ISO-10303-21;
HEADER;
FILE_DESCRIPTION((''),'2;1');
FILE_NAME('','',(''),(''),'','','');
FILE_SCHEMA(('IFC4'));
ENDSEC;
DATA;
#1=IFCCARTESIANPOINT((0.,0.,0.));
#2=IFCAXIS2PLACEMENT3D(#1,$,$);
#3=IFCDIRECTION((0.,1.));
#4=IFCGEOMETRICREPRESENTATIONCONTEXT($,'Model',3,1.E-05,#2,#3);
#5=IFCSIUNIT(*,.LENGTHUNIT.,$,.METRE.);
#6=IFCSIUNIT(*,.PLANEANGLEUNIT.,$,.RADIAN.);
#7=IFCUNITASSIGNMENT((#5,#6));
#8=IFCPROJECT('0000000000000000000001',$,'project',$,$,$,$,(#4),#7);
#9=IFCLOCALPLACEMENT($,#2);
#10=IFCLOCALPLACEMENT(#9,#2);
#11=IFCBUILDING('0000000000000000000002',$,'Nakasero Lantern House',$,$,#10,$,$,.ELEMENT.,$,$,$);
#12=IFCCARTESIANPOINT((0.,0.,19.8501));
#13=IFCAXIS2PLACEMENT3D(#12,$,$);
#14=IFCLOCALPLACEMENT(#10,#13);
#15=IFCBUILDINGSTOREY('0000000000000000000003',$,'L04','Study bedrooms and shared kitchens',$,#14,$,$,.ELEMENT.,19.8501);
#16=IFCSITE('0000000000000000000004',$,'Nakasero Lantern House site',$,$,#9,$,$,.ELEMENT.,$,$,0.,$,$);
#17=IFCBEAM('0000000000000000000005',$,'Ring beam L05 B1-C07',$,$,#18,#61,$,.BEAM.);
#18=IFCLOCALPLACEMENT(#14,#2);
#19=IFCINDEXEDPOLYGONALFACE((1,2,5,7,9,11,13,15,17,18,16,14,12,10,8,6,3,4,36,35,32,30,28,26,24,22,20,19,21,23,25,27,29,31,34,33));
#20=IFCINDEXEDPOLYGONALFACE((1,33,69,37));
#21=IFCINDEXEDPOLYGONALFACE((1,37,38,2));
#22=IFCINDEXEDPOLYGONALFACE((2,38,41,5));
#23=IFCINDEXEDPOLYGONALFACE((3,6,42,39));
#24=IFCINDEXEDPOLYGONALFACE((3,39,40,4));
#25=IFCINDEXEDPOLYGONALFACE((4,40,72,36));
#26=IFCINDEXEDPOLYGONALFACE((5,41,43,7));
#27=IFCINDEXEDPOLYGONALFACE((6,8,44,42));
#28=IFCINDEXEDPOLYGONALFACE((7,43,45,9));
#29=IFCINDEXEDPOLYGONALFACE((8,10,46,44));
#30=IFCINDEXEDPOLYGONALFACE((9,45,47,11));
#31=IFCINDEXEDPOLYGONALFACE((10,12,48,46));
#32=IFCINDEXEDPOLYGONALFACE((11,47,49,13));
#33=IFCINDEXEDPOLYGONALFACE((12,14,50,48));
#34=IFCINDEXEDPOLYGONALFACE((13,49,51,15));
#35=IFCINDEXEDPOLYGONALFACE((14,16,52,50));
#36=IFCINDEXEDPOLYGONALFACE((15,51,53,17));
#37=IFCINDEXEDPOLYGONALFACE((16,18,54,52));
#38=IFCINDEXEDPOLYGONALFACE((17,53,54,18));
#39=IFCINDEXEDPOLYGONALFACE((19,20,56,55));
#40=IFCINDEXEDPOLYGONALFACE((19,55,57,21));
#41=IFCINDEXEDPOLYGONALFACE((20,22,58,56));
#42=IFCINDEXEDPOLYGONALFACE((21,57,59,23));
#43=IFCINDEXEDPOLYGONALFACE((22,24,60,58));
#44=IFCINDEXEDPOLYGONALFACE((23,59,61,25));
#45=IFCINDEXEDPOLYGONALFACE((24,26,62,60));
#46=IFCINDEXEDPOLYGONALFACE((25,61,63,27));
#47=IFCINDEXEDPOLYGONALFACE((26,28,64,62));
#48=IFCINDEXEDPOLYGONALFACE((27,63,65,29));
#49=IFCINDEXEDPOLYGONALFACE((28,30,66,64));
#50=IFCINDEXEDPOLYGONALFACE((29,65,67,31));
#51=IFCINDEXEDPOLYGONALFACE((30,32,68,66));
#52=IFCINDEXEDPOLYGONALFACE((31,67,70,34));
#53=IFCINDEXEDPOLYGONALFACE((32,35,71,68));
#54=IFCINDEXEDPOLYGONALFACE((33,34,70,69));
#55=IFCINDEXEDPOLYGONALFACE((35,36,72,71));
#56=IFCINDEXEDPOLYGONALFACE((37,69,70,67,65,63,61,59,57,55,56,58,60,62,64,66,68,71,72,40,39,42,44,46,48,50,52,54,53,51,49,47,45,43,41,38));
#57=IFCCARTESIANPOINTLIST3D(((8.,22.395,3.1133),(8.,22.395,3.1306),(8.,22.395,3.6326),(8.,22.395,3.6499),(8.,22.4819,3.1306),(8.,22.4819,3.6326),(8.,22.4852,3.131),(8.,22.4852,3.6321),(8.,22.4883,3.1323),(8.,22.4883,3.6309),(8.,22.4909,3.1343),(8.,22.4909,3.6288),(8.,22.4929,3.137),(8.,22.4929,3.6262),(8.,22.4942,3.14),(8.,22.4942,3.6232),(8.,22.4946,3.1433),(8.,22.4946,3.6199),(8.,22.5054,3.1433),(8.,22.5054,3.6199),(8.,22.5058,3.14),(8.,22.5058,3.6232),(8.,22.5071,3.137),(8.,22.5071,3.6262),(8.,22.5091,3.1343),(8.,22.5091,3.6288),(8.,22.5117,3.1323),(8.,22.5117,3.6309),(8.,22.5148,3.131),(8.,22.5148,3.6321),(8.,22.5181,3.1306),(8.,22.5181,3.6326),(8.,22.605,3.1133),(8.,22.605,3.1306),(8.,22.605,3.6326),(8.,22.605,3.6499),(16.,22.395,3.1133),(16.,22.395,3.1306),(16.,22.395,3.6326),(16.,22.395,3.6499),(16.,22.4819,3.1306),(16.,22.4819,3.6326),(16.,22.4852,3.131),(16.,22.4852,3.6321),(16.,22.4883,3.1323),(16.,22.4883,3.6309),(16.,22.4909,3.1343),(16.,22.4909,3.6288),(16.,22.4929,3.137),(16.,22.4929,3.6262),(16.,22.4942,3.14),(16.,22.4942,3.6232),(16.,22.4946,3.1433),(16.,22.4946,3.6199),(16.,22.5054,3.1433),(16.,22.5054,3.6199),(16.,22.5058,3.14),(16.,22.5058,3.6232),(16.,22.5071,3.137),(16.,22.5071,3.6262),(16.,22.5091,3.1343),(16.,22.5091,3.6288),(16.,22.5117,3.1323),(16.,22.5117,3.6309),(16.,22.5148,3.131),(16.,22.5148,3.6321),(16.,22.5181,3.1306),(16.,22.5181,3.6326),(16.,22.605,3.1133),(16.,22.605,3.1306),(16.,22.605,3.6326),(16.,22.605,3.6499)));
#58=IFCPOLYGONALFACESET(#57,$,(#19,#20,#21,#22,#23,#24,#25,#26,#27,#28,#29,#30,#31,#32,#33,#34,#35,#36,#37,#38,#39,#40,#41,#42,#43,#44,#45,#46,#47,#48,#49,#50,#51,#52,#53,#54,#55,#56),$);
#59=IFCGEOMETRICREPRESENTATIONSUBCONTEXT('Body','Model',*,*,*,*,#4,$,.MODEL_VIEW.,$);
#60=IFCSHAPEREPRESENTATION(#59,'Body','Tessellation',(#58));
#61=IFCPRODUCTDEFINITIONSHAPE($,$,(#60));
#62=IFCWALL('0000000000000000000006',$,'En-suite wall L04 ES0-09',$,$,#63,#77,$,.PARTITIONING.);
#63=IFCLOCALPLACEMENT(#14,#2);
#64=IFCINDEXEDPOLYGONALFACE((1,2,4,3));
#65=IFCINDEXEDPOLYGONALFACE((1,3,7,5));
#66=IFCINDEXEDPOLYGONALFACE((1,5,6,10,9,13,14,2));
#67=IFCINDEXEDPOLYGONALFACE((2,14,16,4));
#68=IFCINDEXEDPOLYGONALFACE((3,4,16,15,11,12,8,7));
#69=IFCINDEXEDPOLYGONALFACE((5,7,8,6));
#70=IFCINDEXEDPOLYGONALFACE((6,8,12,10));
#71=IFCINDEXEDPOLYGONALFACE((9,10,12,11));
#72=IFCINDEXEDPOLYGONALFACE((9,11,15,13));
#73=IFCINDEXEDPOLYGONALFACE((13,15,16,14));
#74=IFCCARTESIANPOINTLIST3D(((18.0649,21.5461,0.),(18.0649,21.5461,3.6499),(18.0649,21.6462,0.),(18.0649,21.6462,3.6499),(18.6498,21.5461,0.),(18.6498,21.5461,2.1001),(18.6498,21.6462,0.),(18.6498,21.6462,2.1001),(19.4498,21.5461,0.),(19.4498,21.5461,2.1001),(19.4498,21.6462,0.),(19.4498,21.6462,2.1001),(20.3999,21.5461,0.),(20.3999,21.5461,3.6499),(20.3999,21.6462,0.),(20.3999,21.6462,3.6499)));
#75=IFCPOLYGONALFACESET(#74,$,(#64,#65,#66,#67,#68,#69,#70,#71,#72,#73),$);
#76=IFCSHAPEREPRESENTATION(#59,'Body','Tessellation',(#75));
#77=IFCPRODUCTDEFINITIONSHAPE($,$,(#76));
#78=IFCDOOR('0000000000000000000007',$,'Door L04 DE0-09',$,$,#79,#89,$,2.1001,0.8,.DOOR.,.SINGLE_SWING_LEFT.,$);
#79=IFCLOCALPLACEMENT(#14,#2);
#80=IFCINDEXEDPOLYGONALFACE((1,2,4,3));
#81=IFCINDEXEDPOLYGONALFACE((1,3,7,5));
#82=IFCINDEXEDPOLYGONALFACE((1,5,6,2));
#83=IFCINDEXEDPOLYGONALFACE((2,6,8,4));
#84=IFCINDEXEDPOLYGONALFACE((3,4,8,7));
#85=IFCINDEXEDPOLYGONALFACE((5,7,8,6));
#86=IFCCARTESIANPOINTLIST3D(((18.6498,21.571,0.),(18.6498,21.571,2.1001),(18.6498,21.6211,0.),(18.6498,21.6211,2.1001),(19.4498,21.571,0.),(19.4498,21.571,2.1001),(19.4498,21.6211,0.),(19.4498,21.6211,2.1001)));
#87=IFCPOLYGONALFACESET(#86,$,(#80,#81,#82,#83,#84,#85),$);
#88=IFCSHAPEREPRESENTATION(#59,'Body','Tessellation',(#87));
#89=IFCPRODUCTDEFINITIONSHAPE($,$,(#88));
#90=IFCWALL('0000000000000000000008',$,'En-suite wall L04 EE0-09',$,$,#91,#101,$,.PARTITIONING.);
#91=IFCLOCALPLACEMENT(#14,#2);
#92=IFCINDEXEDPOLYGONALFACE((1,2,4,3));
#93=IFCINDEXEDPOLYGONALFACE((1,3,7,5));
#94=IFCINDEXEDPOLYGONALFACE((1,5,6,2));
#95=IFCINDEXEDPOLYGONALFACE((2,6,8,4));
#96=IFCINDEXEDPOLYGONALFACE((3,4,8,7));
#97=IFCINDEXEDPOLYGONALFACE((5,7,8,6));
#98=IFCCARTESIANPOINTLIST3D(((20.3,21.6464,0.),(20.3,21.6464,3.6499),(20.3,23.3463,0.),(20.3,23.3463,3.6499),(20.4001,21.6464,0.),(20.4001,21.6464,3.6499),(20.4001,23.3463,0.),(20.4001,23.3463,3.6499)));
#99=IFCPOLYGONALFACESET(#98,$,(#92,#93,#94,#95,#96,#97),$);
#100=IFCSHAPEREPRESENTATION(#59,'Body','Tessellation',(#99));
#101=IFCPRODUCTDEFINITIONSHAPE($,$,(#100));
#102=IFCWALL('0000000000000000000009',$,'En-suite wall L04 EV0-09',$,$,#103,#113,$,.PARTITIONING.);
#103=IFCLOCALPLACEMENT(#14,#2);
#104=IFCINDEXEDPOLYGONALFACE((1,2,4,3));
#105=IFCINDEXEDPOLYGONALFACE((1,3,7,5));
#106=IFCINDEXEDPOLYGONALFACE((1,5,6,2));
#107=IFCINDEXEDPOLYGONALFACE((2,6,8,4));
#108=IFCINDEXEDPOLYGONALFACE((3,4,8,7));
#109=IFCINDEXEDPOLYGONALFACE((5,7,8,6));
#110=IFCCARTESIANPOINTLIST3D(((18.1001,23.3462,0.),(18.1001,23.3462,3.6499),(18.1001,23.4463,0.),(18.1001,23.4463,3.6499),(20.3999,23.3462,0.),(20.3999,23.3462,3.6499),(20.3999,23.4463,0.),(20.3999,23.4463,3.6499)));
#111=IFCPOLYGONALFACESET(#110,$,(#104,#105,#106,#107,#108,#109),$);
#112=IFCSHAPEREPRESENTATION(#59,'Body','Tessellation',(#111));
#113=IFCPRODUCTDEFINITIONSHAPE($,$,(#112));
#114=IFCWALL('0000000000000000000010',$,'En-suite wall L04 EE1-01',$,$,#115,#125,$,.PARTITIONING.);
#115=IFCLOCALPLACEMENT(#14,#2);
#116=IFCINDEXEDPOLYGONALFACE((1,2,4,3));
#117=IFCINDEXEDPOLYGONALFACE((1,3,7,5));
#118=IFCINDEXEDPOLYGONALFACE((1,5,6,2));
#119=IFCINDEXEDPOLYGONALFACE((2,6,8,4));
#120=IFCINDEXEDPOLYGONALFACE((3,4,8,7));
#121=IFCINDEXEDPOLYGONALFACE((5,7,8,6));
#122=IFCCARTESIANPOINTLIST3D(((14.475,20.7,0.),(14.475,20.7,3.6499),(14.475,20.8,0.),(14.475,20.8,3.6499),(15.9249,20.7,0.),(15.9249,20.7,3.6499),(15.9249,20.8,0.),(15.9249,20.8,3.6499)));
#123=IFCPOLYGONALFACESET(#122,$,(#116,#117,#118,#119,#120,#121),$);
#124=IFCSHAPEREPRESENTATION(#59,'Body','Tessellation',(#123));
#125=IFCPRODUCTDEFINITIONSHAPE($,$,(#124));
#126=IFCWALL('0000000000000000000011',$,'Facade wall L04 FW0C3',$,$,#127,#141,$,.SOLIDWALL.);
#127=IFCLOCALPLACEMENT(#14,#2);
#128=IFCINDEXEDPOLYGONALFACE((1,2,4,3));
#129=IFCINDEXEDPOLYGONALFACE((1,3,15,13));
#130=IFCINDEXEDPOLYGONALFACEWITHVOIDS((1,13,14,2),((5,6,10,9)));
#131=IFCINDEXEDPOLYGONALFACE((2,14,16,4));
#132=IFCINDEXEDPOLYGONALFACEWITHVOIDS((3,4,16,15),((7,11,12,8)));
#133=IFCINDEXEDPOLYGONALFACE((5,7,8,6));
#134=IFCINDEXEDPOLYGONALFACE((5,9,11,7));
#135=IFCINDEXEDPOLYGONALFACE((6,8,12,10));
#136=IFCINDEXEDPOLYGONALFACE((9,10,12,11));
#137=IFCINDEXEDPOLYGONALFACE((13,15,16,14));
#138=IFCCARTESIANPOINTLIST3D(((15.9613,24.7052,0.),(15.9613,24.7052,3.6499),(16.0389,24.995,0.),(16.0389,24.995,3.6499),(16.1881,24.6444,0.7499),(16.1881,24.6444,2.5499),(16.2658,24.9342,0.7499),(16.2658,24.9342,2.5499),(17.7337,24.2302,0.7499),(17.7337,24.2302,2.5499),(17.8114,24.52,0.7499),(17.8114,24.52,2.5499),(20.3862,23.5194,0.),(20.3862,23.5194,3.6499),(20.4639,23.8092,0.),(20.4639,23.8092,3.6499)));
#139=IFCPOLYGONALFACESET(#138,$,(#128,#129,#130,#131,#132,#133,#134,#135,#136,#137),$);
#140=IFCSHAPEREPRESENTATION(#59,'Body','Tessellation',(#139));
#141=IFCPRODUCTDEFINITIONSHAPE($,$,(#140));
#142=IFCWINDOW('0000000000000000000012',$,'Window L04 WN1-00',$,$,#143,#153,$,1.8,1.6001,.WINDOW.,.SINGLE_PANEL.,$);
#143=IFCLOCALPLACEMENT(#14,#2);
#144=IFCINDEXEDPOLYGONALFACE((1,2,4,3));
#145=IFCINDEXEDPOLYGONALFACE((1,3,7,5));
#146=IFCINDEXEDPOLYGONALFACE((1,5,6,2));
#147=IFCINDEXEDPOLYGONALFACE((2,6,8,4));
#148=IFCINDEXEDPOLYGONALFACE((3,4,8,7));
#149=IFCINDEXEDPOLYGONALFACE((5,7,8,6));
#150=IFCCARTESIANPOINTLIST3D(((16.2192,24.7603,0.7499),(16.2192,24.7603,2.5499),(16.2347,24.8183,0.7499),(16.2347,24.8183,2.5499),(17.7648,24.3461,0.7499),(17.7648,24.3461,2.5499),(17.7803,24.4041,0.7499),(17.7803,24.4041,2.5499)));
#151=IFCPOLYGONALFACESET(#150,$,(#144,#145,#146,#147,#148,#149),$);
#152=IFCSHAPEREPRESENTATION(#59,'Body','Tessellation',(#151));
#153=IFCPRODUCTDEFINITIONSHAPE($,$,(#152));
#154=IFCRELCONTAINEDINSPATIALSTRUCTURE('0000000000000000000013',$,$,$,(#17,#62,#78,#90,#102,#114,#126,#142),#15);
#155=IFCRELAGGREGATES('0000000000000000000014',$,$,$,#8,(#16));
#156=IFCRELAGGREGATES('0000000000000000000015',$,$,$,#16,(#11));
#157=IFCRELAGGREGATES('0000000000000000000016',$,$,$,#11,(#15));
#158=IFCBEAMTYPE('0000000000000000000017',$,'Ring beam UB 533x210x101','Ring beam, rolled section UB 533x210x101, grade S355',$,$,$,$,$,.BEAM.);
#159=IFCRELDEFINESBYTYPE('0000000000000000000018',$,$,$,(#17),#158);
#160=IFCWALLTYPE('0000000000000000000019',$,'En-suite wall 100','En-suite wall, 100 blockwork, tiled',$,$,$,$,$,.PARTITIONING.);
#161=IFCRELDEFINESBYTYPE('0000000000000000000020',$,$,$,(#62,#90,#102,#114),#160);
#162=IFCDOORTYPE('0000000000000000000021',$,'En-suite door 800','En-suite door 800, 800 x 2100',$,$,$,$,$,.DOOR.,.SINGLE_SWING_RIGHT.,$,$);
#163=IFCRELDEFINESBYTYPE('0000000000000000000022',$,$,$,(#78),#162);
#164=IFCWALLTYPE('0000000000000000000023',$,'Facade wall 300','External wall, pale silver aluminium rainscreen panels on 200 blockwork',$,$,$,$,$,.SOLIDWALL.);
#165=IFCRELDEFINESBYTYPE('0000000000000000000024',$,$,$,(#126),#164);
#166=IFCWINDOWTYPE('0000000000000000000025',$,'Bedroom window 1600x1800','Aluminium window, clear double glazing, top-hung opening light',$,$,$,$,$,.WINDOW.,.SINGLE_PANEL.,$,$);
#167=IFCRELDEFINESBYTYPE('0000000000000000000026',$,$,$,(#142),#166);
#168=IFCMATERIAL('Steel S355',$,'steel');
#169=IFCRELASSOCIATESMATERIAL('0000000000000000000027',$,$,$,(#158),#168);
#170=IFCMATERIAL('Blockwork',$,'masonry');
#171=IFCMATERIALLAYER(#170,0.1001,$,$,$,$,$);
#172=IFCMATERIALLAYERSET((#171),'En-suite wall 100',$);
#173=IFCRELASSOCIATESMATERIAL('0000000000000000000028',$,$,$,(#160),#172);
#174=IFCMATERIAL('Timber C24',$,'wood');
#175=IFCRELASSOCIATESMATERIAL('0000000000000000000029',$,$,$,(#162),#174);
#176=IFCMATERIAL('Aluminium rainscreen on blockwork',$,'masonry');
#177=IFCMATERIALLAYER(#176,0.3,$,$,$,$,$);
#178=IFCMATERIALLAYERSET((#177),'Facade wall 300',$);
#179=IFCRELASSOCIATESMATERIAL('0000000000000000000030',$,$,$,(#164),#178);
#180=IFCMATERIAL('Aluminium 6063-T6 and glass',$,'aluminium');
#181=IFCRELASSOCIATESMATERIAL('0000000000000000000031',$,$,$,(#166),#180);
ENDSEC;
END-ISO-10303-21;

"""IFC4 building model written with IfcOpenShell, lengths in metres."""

from ifc_helpers import new_model, si_unit, direction, frame, frame_2d, origin, origin_2d, place, context, subcontext, project, spatial, rectangle, i_section, extrude, material, layer, layer_set, material_profile, profile_set, type_object, element, fill, save


model = new_model("IFC4")

# Units and contexts
model_context = context("Model", 3, precision=1e-05, world=origin(), true_north=direction((0.0, 1.0)))
body_context = subcontext(model_context, "Body", "Model", "MODEL_VIEW")
ifc_project = project(units=[si_unit("LENGTHUNIT", "METRE"), si_unit("PLANEANGLEUNIT", "RADIAN")], contexts=[model_context])

# Site, building, storey
site_placement = place(None, origin())
site = spatial("IfcSite", under=ifc_project, at=site_placement, Name="Nakasero Lantern House site", CompositionType="ELEMENT", RefElevation=0.0)
building_placement = place(site_placement, origin())
building = spatial("IfcBuilding", under=site, at=building_placement, Name="Nakasero Lantern House", CompositionType="ELEMENT")
storey_placement = place(building_placement, frame((0.0, 0.0, 19.8501)))
storey = spatial("IfcBuildingStorey", under=building, at=storey_placement, Name="L04", Description="Study bedrooms and shared kitchens", CompositionType="ELEMENT", Elevation=19.8501)

# Beam
ifc_material_1 = material(Name="Steel S355", Category="steel")
ifc_material_profile_1 = material_profile(ifc_material_1, i_section(OverallWidth=0.21, OverallDepth=0.5366, WebThickness=0.0107, FlangeThickness=0.0173, FilletRadius=0.0127, at=origin_2d()), Name="UB 533x210x101")
ifc_profile_set_1 = profile_set([ifc_material_profile_1], Name="Steel S355")
beam_type_1 = type_object("IfcBeamType", Name="Ring beam UB 533x210x101", Description="Ring beam, rolled section UB 533x210x101, grade S355", PredefinedType="BEAM", material=ifc_profile_set_1)
beam_1_placement = place(storey_placement, frame((16.0, 22.5, 3.3816), z_axis=(-1.0, 0.0, 0.0), x_axis=(0.0, -1.0, 0.0)))
element("IfcBeam", 1, at=beam_1_placement, inside=storey, type_object=beam_type_1, Name="Ring beam L05 B1-C07", PredefinedType="BEAM", context=body_context, shape_type="SweptSolid", body=[
    extrude(i_section(OverallWidth=0.21, OverallDepth=0.5366, WebThickness=0.0107, FlangeThickness=0.0173, FilletRadius=0.0127, at=origin_2d()), origin(), (0.0, 0.0, 1.0), 8.0),
])

# Wall, opening, door
ifc_material_2 = material(Name="Blockwork", Category="masonry")
ifc_layer_1 = layer(ifc_material_2, 0.1001)
ifc_layer_set_1 = layer_set([ifc_layer_1], Name="En-suite wall 100")
wall_type_1 = type_object("IfcWallType", Name="En-suite wall 100", Description="En-suite wall, 100 blockwork, tiled", PredefinedType="PARTITIONING", material=ifc_layer_set_1)
wall_1_placement = place(storey_placement, frame((18.0649, 21.5962, 0.0), z_axis=(0.0, 0.0, 1.0), x_axis=(1.0, 0.0, 0.0)))
wall_1 = element("IfcWall", 2, at=wall_1_placement, inside=storey, type_object=wall_type_1, Name="En-suite wall L04 ES0-09", PredefinedType="PARTITIONING", context=body_context, shape_type="SweptSolid", body=[
    extrude(rectangle(XDim=2.335, YDim=0.1001, at=frame_2d((1.1675, 0.0))), origin(), (0.0, 0.0, 1.0), 3.6499),
])
opening_1_placement = place(wall_1_placement, frame((0.585, 0.0, 0.0)))
opening_1 = element("IfcOpeningElement", 3, at=opening_1_placement, cuts=wall_1, PredefinedType="OPENING", context=body_context, shape_type="SweptSolid", body=[
    extrude(rectangle(XDim=0.8, YDim=2.1001, at=frame_2d((0.3999, 1.05))), frame((0.0, 0.0701, 0.0), z_axis=(0.0, -1.0, 0.0), x_axis=(1.0, 0.0, 0.0)), (0.0, 0.0, 1.0), 0.1401),
])
ifc_material_3 = material(Name="Timber C24", Category="wood")
door_type_1 = type_object("IfcDoorType", Name="En-suite door 800", Description="En-suite door 800, 800 x 2100", OperationType="SINGLE_SWING_RIGHT", PredefinedType="DOOR", material=ifc_material_3)
door_1_placement = place(opening_1_placement, origin())
door_1 = element("IfcDoor", 4, at=door_1_placement, inside=storey, type_object=door_type_1, Name="Door L04 DE0-09", OperationType="SINGLE_SWING_LEFT", OverallHeight=2.1001, OverallWidth=0.8, PredefinedType="DOOR", context=body_context, shape_type="SweptSolid", body=[
    extrude(rectangle(XDim=0.8, YDim=2.1001, at=frame_2d((0.3999, 1.05))), frame((0.0, 0.0249, 0.0), z_axis=(0.0, -1.0, 0.0), x_axis=(1.0, 0.0, 0.0)), (0.0, 0.0, 1.0), 0.05),
])
fill(opening_1, door_1)

# Walls
wall_2_placement = place(storey_placement, frame((20.3501, 21.6462, 0.0), z_axis=(0.0, 0.0, 1.0), x_axis=(0.0, 1.0, 0.0)))
element("IfcWall", 5, at=wall_2_placement, inside=storey, type_object=wall_type_1, Name="En-suite wall L04 EE0-09", PredefinedType="PARTITIONING", context=body_context, shape_type="SweptSolid", body=[
    extrude(rectangle(XDim=1.7, YDim=0.1001, at=frame_2d((0.8501, 0.0))), origin(), (0.0, 0.0, 1.0), 3.6499),
])
wall_3_placement = place(storey_placement, frame((18.1001, 23.3962, 0.0), z_axis=(0.0, 0.0, 1.0), x_axis=(1.0, 0.0, 0.0)))
element("IfcWall", 6, at=wall_3_placement, inside=storey, type_object=wall_type_1, Name="En-suite wall L04 EV0-09", PredefinedType="PARTITIONING", context=body_context, shape_type="SweptSolid", body=[
    extrude(rectangle(XDim=2.2998, YDim=0.1001, at=frame_2d((1.1499, 0.0))), origin(), (0.0, 0.0, 1.0), 3.6499),
])
wall_4_placement = place(storey_placement, frame((15.925, 20.75, 0.0), z_axis=(0.0, 0.0, 1.0), x_axis=(-1.0, 0.0, 0.0)))
element("IfcWall", 7, at=wall_4_placement, inside=storey, type_object=wall_type_1, Name="En-suite wall L04 EE1-01", PredefinedType="PARTITIONING", context=body_context, shape_type="SweptSolid", body=[
    extrude(rectangle(XDim=1.45, YDim=0.1001, at=frame_2d((0.7251, 0.0))), origin(), (0.0, 0.0, 1.0), 3.6499),
])

# Wall, opening, window
ifc_material_4 = material(Name="Aluminium rainscreen on blockwork", Category="masonry")
ifc_layer_2 = layer(ifc_material_4, 0.3)
ifc_layer_set_2 = layer_set([ifc_layer_2], Name="Facade wall 300")
wall_type_2 = type_object("IfcWallType", Name="Facade wall 300", Description="External wall, pale silver aluminium rainscreen panels on 200 blockwork", PredefinedType="SOLIDWALL", material=ifc_layer_set_2)
wall_5_placement = place(storey_placement, frame((20.425, 23.6643, 0.0), z_axis=(0.0, 0.0, 1.0), x_axis=(-0.96592, 0.25884, 0.0)))
wall_5 = element("IfcWall", 8, at=wall_5_placement, inside=storey, type_object=wall_type_2, Name="Facade wall L04 FW0C3", PredefinedType="SOLIDWALL", context=body_context, shape_type="SweptSolid", body=[
    extrude(rectangle(XDim=4.5811, YDim=0.3, at=frame_2d((2.2905, 0.0))), origin(), (0.0, 0.0, 1.0), 3.6499),
])
opening_2_placement = place(wall_5_placement, frame((2.7461, 0.0, 0.75)))
opening_2 = element("IfcOpeningElement", 9, at=opening_2_placement, cuts=wall_5, PredefinedType="OPENING", context=body_context, shape_type="SweptSolid", body=[
    extrude(rectangle(XDim=1.6001, YDim=1.8, at=frame_2d((0.8, 0.8999))), frame((0.0, 0.1699, 0.0), z_axis=(0.0, -1.0, 0.0), x_axis=(1.0, 0.0, 0.0)), (0.0, 0.0, 1.0), 0.3401),
])
ifc_material_5 = material(Name="Aluminium 6063-T6 and glass", Category="aluminium")
window_type_1 = type_object("IfcWindowType", Name="Bedroom window 1600x1800", Description="Aluminium window, clear double glazing, top-hung opening light", PartitioningType="SINGLE_PANEL", PredefinedType="WINDOW", material=ifc_material_5)
window_1_placement = place(opening_2_placement, origin())
window_1 = element("IfcWindow", 10, at=window_1_placement, inside=storey, type_object=window_type_1, Name="Window L04 WN1-00", OverallHeight=1.8, OverallWidth=1.6001, PartitioningType="SINGLE_PANEL", PredefinedType="WINDOW", context=body_context, shape_type="SweptSolid", body=[
    extrude(rectangle(XDim=1.6001, YDim=1.8, at=frame_2d((0.8, 0.8999))), frame((0.0, 0.03, 0.0), z_axis=(0.0, -1.0, 0.0), x_axis=(1.0, 0.0, 0.0)), (0.0, 0.0, 1.0), 0.0601),
])
fill(opening_2, window_1)

save(model, "model.ifc")
